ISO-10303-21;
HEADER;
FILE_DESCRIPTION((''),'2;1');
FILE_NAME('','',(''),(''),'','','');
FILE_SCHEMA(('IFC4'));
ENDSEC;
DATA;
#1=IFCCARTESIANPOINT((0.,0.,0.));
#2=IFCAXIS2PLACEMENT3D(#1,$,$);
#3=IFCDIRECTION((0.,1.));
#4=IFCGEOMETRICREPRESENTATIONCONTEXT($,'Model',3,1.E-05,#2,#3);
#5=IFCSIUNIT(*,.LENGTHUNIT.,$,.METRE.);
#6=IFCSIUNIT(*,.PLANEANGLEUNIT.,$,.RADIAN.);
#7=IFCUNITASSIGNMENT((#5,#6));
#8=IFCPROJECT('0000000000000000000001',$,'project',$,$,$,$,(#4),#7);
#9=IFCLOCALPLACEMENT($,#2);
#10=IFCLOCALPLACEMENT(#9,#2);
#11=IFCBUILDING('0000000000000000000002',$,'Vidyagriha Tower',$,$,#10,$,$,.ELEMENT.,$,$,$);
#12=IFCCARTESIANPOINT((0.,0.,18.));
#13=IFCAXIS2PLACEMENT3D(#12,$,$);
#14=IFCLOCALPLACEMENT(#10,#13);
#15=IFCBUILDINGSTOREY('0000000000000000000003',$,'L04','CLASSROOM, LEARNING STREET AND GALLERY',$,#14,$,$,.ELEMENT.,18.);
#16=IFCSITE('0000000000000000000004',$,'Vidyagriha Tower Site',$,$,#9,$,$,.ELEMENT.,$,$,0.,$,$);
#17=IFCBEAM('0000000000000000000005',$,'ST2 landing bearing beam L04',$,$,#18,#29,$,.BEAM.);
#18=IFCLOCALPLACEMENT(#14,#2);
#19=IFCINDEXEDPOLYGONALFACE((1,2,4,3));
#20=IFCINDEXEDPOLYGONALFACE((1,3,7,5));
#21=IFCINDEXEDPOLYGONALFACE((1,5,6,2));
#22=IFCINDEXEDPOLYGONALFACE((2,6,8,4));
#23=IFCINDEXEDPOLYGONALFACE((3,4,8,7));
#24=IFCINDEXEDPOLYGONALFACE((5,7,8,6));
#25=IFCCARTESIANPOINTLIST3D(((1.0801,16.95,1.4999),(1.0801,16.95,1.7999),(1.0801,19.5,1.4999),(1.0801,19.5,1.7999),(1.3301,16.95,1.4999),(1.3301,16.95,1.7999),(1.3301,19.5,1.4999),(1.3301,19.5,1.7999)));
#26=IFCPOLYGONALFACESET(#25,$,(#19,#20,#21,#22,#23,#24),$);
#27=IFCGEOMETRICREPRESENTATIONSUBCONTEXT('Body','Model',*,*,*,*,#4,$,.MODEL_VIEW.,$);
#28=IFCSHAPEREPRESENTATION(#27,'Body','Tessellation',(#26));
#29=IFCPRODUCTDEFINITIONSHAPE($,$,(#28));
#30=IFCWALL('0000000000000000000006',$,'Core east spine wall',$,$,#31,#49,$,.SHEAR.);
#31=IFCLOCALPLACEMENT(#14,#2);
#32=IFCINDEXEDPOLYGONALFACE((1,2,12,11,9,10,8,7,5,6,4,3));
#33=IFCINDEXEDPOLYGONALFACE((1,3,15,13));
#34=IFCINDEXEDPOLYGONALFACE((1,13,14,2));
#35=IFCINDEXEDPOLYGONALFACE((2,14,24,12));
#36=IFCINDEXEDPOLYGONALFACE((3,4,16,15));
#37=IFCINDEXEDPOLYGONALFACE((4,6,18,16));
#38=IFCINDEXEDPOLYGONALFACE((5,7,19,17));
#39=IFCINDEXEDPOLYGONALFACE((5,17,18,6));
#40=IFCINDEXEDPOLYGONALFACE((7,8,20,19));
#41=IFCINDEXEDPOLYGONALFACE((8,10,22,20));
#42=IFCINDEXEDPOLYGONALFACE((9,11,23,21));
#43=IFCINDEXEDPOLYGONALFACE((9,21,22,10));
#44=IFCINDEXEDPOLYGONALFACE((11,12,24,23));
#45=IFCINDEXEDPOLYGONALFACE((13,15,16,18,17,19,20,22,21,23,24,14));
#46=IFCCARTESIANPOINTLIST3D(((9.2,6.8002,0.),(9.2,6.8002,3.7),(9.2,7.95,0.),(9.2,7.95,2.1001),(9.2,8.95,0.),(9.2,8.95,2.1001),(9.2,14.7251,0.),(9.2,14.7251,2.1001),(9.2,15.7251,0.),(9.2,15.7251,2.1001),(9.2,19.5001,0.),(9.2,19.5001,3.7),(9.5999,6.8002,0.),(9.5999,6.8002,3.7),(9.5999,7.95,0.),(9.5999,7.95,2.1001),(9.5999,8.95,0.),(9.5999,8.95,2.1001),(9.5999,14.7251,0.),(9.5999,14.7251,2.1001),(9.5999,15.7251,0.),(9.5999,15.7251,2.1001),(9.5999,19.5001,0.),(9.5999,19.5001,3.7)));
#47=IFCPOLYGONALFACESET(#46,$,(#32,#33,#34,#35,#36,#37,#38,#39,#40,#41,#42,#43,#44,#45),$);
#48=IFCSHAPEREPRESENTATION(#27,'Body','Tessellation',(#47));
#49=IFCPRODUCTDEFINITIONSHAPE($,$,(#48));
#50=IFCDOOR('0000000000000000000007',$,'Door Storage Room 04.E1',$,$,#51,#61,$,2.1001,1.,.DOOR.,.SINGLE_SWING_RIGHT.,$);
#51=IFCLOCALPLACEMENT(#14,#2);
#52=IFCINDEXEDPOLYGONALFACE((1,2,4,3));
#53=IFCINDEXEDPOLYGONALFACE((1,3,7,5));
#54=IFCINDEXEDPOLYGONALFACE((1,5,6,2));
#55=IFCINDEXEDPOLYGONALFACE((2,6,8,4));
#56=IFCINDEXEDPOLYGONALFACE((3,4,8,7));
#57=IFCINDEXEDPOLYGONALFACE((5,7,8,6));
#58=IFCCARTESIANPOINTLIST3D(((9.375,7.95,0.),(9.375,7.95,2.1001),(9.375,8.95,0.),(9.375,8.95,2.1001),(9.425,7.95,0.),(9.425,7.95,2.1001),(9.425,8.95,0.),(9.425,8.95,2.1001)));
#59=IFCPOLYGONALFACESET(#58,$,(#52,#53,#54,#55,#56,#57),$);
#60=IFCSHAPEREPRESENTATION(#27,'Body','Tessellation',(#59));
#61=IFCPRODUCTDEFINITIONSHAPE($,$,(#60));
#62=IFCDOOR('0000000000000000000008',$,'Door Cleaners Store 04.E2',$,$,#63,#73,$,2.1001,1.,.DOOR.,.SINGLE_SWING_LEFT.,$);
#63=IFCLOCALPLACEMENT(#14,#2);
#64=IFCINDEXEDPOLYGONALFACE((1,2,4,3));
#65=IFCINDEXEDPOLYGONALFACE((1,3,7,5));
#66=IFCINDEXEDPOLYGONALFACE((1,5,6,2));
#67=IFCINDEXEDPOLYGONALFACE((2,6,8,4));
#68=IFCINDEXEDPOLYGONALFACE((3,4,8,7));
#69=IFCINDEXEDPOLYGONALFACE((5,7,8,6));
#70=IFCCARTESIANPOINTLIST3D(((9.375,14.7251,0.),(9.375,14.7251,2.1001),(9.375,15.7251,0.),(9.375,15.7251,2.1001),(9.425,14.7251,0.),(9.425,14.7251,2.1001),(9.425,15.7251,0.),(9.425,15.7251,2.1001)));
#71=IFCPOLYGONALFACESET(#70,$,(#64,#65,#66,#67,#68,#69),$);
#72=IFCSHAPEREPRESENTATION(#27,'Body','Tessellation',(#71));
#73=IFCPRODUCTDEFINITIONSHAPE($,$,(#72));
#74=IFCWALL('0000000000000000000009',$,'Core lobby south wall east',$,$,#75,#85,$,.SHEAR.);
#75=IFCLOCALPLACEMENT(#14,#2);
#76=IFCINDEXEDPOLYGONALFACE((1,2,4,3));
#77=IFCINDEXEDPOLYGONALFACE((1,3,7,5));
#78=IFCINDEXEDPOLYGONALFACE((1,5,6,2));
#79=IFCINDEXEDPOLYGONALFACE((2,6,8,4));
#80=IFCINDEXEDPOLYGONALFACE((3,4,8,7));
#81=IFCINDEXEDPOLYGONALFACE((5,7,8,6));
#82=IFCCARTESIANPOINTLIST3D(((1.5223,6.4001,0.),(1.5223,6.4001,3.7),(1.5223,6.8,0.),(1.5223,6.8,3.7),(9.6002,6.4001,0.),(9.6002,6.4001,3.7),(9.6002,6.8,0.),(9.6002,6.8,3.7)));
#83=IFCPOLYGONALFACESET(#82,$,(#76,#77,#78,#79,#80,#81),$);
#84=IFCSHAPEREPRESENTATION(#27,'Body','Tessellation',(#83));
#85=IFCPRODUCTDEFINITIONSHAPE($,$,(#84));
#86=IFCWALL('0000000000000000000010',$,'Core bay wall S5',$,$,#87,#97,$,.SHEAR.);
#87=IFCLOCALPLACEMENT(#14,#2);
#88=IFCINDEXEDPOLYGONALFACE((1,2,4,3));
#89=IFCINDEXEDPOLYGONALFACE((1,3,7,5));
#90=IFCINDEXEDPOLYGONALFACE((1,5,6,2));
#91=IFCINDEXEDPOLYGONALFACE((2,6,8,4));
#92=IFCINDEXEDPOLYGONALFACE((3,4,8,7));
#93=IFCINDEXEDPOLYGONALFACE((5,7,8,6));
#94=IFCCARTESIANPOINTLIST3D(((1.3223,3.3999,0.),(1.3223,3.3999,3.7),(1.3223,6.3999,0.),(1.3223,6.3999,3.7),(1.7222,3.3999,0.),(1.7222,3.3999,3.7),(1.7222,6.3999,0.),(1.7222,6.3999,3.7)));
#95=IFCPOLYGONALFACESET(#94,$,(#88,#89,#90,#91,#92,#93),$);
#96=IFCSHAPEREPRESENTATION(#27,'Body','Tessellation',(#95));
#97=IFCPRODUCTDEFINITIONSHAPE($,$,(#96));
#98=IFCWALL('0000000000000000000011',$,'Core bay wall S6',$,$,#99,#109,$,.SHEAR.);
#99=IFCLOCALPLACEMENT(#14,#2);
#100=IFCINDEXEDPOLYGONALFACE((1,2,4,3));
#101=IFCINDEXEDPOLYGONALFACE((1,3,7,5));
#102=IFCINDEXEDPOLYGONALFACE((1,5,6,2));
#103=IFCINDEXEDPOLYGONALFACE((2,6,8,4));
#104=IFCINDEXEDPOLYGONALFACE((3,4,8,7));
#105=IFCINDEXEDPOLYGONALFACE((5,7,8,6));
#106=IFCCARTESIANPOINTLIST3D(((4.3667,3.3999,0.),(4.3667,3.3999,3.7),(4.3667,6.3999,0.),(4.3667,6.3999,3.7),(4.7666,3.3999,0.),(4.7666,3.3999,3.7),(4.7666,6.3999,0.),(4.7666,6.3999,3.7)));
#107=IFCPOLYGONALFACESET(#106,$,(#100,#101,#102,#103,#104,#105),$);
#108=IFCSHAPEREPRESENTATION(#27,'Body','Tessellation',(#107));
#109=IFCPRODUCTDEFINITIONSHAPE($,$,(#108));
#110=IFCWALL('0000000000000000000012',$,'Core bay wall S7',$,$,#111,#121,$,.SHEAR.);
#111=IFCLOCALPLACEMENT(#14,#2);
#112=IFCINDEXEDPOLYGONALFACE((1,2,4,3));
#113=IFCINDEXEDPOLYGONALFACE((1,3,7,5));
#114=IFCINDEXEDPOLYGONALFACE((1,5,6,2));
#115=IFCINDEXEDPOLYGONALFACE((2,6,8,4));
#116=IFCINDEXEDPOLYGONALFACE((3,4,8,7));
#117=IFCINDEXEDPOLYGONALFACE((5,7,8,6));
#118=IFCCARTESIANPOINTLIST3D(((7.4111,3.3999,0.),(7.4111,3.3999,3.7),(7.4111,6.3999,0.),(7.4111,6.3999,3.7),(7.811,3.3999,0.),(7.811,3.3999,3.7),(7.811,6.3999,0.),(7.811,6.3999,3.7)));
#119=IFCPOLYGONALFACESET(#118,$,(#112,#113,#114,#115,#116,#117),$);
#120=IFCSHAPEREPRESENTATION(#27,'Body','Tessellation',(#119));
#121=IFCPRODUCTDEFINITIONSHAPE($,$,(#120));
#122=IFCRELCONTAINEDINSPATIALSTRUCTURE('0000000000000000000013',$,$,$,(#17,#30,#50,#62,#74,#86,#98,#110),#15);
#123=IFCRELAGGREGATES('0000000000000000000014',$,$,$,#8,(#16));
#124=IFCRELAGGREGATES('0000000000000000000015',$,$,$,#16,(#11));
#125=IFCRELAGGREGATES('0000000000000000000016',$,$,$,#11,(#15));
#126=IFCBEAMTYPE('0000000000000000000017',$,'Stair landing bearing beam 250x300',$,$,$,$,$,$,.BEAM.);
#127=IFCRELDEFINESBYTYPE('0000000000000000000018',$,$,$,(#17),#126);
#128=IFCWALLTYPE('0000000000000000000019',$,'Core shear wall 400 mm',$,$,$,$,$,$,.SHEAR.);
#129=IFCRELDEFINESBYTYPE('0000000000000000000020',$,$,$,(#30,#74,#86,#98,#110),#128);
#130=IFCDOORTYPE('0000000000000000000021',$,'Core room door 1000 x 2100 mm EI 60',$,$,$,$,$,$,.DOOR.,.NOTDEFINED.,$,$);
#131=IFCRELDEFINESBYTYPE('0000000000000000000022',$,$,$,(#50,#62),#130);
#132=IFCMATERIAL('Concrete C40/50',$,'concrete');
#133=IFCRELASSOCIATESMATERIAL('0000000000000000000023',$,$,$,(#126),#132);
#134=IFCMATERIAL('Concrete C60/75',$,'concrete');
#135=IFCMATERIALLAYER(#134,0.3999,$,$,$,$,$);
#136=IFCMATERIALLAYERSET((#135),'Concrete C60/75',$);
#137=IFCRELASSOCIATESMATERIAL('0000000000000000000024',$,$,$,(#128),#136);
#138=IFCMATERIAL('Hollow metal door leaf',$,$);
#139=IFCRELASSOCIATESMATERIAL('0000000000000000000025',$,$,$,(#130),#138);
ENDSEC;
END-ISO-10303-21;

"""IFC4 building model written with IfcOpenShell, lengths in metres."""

from ifc_helpers import new_model, si_unit, direction, frame, frame_2d, origin, origin_2d, place, context, subcontext, project, spatial, rectangle, extrude, material, layer, layer_set, material_profile, profile_set, type_object, element, fill, save


model = new_model("IFC4")

# Units and contexts
model_context = context("Model", 3, precision=1e-05, world=origin(), true_north=direction((0.0, 1.0)))
body_context = subcontext(model_context, "Body", "Model", "MODEL_VIEW")
ifc_project = project(units=[si_unit("LENGTHUNIT", "METRE"), si_unit("PLANEANGLEUNIT", "RADIAN")], contexts=[model_context])

# Site, building, storey
site_placement = place(None, origin())
site = spatial("IfcSite", under=ifc_project, at=site_placement, Name="Vidyagriha Tower Site", CompositionType="ELEMENT", RefElevation=0.0)
building_placement = place(site_placement, origin())
building = spatial("IfcBuilding", under=site, at=building_placement, Name="Vidyagriha Tower", CompositionType="ELEMENT")
storey_placement = place(building_placement, frame((0.0, 0.0, 18.0)))
storey = spatial("IfcBuildingStorey", under=building, at=storey_placement, Name="L04", Description="CLASSROOM, LEARNING STREET AND GALLERY", CompositionType="ELEMENT", Elevation=18.0)

# Beam
ifc_material_1 = material(Name="Concrete C40/50", Category="concrete")
ifc_material_profile = material_profile(ifc_material_1, rectangle(XDim=0.25, YDim=0.3, at=origin_2d()), Name="Stair landing bearing beam 250x300")
ifc_profile_set = profile_set([ifc_material_profile], Name="Concrete C40/50")
beam_type = type_object("IfcBeamType", Name="Stair landing bearing beam 250x300", PredefinedType="BEAM", material=ifc_profile_set)
beam_placement = place(storey_placement, frame((1.2051, 16.95, 1.6499), z_axis=(0.0, 1.0, 0.0), x_axis=(-1.0, 0.0, 0.0)))
element("IfcBeam", 1, at=beam_placement, inside=storey, type_object=beam_type, Name="ST2 landing bearing beam L04", PredefinedType="BEAM", context=body_context, shape_type="SweptSolid", body=[
    extrude(rectangle(XDim=0.25, YDim=0.3, at=origin_2d()), origin(), (0.0, 0.0, 1.0), 2.55),
])

# Wall, openings, doors
ifc_material_2 = material(Name="Concrete C60/75", Category="concrete")
ifc_layer_1 = layer(ifc_material_2, 0.3999)
ifc_layer_set_1 = layer_set([ifc_layer_1], Name="Concrete C60/75")
wall_type_1 = type_object("IfcWallType", Name="Core shear wall 400 mm", PredefinedType="SHEAR", material=ifc_layer_set_1)
wall_1_placement = place(storey_placement, frame((9.3999, 6.8, 0.0), z_axis=(0.0, 0.0, 1.0), x_axis=(0.0, 1.0, 0.0)))
wall_1 = element("IfcWall", 2, at=wall_1_placement, inside=storey, type_object=wall_type_1, Name="Core east spine wall", PredefinedType="SHEAR", context=body_context, shape_type="SweptSolid", body=[
    extrude(rectangle(XDim=12.7, YDim=0.3999, at=frame_2d((6.3501, 0.0))), origin(), (0.0, 0.0, 1.0), 3.7),
])
opening_1_placement = place(wall_1_placement, frame((1.1499, 0.0, 0.0)))
opening_1 = element("IfcOpeningElement", 3, at=opening_1_placement, cuts=wall_1, PredefinedType="OPENING", context=body_context, shape_type="SweptSolid", body=[
    extrude(rectangle(XDim=1.0, YDim=2.1001, at=frame_2d((0.5, 1.05))), frame((0.0, 0.21, 0.0), z_axis=(0.0, -1.0, 0.0), x_axis=(1.0, 0.0, 0.0)), (0.0, 0.0, 1.0), 0.4199),
])
opening_2_placement = place(wall_1_placement, frame((7.925, 0.0, 0.0)))
opening_2 = element("IfcOpeningElement", 4, at=opening_2_placement, cuts=wall_1, PredefinedType="OPENING", context=body_context, shape_type="SweptSolid", body=[
    extrude(rectangle(XDim=1.0, YDim=2.1001, at=frame_2d((0.5, 1.05))), frame((0.0, 0.21, 0.0), z_axis=(0.0, -1.0, 0.0), x_axis=(1.0, 0.0, 0.0)), (0.0, 0.0, 1.0), 0.4199),
])
ifc_material_3 = material(Name="Hollow metal door leaf")
door_type_1 = type_object("IfcDoorType", Name="Core room door 1000 x 2100 mm EI 60", OperationType="NOTDEFINED", PredefinedType="DOOR", material=ifc_material_3)
door_1_placement = place(opening_1_placement, origin())
door_1 = element("IfcDoor", 5, at=door_1_placement, inside=storey, type_object=door_type_1, Name="Door Storage Room 04.E1", OperationType="SINGLE_SWING_RIGHT", OverallHeight=2.1001, OverallWidth=1.0, PredefinedType="DOOR", context=body_context, shape_type="SweptSolid", body=[
    extrude(rectangle(XDim=1.0, YDim=2.1001, at=frame_2d((0.5, 1.05))), frame((0.0, 0.0249, 0.0), z_axis=(0.0, -1.0, 0.0), x_axis=(1.0, 0.0, 0.0)), (0.0, 0.0, 1.0), 0.05),
])
fill(opening_1, door_1)
door_2_placement = place(opening_2_placement, origin())
door_2 = element("IfcDoor", 6, at=door_2_placement, inside=storey, type_object=door_type_1, Name="Door Cleaners Store 04.E2", OperationType="SINGLE_SWING_LEFT", OverallHeight=2.1001, OverallWidth=1.0, PredefinedType="DOOR", context=body_context, shape_type="SweptSolid", body=[
    extrude(rectangle(XDim=1.0, YDim=2.1001, at=frame_2d((0.5, 1.05))), frame((0.0, 0.0249, 0.0), z_axis=(0.0, -1.0, 0.0), x_axis=(1.0, 0.0, 0.0)), (0.0, 0.0, 1.0), 0.05),
])
fill(opening_2, door_2)

# Walls
wall_2_placement = place(storey_placement, frame((1.5222, 6.6001, 0.0)))
element("IfcWall", 7, at=wall_2_placement, inside=storey, type_object=wall_type_1, Name="Core lobby south wall east", PredefinedType="SHEAR", context=body_context, shape_type="SweptSolid", body=[
    extrude(rectangle(XDim=8.0779, YDim=0.3999, at=frame_2d((4.0391, 0.0))), origin(), (0.0, 0.0, 1.0), 3.7),
])
for number, where, z_axis, x_axis, name in (
    (8, (1.5222, 3.3999, 0.0), (0.0, 0.0, 1.0), (0.0, 1.0, 0.0), "Core bay wall S5"),
    (9, (4.5667, 3.3999, 0.0), (0.0, 0.0, 1.0), (0.0, 1.0, 0.0), "Core bay wall S6"),
    (10, (7.6111, 3.3999, 0.0), (0.0, 0.0, 1.0), (0.0, 1.0, 0.0), "Core bay wall S7"),
):
    element("IfcWall", number, at=place(storey_placement, frame(where, z_axis=z_axis, x_axis=x_axis)), inside=storey, type_object=wall_type_1, Name=name, PredefinedType="SHEAR", context=body_context, shape_type="SweptSolid", body=[
        extrude(rectangle(XDim=3.0, YDim=0.3999, at=frame_2d((1.5, 0.0))), origin(), (0.0, 0.0, 1.0), 3.7),
    ])

save(model, "model.ifc")
